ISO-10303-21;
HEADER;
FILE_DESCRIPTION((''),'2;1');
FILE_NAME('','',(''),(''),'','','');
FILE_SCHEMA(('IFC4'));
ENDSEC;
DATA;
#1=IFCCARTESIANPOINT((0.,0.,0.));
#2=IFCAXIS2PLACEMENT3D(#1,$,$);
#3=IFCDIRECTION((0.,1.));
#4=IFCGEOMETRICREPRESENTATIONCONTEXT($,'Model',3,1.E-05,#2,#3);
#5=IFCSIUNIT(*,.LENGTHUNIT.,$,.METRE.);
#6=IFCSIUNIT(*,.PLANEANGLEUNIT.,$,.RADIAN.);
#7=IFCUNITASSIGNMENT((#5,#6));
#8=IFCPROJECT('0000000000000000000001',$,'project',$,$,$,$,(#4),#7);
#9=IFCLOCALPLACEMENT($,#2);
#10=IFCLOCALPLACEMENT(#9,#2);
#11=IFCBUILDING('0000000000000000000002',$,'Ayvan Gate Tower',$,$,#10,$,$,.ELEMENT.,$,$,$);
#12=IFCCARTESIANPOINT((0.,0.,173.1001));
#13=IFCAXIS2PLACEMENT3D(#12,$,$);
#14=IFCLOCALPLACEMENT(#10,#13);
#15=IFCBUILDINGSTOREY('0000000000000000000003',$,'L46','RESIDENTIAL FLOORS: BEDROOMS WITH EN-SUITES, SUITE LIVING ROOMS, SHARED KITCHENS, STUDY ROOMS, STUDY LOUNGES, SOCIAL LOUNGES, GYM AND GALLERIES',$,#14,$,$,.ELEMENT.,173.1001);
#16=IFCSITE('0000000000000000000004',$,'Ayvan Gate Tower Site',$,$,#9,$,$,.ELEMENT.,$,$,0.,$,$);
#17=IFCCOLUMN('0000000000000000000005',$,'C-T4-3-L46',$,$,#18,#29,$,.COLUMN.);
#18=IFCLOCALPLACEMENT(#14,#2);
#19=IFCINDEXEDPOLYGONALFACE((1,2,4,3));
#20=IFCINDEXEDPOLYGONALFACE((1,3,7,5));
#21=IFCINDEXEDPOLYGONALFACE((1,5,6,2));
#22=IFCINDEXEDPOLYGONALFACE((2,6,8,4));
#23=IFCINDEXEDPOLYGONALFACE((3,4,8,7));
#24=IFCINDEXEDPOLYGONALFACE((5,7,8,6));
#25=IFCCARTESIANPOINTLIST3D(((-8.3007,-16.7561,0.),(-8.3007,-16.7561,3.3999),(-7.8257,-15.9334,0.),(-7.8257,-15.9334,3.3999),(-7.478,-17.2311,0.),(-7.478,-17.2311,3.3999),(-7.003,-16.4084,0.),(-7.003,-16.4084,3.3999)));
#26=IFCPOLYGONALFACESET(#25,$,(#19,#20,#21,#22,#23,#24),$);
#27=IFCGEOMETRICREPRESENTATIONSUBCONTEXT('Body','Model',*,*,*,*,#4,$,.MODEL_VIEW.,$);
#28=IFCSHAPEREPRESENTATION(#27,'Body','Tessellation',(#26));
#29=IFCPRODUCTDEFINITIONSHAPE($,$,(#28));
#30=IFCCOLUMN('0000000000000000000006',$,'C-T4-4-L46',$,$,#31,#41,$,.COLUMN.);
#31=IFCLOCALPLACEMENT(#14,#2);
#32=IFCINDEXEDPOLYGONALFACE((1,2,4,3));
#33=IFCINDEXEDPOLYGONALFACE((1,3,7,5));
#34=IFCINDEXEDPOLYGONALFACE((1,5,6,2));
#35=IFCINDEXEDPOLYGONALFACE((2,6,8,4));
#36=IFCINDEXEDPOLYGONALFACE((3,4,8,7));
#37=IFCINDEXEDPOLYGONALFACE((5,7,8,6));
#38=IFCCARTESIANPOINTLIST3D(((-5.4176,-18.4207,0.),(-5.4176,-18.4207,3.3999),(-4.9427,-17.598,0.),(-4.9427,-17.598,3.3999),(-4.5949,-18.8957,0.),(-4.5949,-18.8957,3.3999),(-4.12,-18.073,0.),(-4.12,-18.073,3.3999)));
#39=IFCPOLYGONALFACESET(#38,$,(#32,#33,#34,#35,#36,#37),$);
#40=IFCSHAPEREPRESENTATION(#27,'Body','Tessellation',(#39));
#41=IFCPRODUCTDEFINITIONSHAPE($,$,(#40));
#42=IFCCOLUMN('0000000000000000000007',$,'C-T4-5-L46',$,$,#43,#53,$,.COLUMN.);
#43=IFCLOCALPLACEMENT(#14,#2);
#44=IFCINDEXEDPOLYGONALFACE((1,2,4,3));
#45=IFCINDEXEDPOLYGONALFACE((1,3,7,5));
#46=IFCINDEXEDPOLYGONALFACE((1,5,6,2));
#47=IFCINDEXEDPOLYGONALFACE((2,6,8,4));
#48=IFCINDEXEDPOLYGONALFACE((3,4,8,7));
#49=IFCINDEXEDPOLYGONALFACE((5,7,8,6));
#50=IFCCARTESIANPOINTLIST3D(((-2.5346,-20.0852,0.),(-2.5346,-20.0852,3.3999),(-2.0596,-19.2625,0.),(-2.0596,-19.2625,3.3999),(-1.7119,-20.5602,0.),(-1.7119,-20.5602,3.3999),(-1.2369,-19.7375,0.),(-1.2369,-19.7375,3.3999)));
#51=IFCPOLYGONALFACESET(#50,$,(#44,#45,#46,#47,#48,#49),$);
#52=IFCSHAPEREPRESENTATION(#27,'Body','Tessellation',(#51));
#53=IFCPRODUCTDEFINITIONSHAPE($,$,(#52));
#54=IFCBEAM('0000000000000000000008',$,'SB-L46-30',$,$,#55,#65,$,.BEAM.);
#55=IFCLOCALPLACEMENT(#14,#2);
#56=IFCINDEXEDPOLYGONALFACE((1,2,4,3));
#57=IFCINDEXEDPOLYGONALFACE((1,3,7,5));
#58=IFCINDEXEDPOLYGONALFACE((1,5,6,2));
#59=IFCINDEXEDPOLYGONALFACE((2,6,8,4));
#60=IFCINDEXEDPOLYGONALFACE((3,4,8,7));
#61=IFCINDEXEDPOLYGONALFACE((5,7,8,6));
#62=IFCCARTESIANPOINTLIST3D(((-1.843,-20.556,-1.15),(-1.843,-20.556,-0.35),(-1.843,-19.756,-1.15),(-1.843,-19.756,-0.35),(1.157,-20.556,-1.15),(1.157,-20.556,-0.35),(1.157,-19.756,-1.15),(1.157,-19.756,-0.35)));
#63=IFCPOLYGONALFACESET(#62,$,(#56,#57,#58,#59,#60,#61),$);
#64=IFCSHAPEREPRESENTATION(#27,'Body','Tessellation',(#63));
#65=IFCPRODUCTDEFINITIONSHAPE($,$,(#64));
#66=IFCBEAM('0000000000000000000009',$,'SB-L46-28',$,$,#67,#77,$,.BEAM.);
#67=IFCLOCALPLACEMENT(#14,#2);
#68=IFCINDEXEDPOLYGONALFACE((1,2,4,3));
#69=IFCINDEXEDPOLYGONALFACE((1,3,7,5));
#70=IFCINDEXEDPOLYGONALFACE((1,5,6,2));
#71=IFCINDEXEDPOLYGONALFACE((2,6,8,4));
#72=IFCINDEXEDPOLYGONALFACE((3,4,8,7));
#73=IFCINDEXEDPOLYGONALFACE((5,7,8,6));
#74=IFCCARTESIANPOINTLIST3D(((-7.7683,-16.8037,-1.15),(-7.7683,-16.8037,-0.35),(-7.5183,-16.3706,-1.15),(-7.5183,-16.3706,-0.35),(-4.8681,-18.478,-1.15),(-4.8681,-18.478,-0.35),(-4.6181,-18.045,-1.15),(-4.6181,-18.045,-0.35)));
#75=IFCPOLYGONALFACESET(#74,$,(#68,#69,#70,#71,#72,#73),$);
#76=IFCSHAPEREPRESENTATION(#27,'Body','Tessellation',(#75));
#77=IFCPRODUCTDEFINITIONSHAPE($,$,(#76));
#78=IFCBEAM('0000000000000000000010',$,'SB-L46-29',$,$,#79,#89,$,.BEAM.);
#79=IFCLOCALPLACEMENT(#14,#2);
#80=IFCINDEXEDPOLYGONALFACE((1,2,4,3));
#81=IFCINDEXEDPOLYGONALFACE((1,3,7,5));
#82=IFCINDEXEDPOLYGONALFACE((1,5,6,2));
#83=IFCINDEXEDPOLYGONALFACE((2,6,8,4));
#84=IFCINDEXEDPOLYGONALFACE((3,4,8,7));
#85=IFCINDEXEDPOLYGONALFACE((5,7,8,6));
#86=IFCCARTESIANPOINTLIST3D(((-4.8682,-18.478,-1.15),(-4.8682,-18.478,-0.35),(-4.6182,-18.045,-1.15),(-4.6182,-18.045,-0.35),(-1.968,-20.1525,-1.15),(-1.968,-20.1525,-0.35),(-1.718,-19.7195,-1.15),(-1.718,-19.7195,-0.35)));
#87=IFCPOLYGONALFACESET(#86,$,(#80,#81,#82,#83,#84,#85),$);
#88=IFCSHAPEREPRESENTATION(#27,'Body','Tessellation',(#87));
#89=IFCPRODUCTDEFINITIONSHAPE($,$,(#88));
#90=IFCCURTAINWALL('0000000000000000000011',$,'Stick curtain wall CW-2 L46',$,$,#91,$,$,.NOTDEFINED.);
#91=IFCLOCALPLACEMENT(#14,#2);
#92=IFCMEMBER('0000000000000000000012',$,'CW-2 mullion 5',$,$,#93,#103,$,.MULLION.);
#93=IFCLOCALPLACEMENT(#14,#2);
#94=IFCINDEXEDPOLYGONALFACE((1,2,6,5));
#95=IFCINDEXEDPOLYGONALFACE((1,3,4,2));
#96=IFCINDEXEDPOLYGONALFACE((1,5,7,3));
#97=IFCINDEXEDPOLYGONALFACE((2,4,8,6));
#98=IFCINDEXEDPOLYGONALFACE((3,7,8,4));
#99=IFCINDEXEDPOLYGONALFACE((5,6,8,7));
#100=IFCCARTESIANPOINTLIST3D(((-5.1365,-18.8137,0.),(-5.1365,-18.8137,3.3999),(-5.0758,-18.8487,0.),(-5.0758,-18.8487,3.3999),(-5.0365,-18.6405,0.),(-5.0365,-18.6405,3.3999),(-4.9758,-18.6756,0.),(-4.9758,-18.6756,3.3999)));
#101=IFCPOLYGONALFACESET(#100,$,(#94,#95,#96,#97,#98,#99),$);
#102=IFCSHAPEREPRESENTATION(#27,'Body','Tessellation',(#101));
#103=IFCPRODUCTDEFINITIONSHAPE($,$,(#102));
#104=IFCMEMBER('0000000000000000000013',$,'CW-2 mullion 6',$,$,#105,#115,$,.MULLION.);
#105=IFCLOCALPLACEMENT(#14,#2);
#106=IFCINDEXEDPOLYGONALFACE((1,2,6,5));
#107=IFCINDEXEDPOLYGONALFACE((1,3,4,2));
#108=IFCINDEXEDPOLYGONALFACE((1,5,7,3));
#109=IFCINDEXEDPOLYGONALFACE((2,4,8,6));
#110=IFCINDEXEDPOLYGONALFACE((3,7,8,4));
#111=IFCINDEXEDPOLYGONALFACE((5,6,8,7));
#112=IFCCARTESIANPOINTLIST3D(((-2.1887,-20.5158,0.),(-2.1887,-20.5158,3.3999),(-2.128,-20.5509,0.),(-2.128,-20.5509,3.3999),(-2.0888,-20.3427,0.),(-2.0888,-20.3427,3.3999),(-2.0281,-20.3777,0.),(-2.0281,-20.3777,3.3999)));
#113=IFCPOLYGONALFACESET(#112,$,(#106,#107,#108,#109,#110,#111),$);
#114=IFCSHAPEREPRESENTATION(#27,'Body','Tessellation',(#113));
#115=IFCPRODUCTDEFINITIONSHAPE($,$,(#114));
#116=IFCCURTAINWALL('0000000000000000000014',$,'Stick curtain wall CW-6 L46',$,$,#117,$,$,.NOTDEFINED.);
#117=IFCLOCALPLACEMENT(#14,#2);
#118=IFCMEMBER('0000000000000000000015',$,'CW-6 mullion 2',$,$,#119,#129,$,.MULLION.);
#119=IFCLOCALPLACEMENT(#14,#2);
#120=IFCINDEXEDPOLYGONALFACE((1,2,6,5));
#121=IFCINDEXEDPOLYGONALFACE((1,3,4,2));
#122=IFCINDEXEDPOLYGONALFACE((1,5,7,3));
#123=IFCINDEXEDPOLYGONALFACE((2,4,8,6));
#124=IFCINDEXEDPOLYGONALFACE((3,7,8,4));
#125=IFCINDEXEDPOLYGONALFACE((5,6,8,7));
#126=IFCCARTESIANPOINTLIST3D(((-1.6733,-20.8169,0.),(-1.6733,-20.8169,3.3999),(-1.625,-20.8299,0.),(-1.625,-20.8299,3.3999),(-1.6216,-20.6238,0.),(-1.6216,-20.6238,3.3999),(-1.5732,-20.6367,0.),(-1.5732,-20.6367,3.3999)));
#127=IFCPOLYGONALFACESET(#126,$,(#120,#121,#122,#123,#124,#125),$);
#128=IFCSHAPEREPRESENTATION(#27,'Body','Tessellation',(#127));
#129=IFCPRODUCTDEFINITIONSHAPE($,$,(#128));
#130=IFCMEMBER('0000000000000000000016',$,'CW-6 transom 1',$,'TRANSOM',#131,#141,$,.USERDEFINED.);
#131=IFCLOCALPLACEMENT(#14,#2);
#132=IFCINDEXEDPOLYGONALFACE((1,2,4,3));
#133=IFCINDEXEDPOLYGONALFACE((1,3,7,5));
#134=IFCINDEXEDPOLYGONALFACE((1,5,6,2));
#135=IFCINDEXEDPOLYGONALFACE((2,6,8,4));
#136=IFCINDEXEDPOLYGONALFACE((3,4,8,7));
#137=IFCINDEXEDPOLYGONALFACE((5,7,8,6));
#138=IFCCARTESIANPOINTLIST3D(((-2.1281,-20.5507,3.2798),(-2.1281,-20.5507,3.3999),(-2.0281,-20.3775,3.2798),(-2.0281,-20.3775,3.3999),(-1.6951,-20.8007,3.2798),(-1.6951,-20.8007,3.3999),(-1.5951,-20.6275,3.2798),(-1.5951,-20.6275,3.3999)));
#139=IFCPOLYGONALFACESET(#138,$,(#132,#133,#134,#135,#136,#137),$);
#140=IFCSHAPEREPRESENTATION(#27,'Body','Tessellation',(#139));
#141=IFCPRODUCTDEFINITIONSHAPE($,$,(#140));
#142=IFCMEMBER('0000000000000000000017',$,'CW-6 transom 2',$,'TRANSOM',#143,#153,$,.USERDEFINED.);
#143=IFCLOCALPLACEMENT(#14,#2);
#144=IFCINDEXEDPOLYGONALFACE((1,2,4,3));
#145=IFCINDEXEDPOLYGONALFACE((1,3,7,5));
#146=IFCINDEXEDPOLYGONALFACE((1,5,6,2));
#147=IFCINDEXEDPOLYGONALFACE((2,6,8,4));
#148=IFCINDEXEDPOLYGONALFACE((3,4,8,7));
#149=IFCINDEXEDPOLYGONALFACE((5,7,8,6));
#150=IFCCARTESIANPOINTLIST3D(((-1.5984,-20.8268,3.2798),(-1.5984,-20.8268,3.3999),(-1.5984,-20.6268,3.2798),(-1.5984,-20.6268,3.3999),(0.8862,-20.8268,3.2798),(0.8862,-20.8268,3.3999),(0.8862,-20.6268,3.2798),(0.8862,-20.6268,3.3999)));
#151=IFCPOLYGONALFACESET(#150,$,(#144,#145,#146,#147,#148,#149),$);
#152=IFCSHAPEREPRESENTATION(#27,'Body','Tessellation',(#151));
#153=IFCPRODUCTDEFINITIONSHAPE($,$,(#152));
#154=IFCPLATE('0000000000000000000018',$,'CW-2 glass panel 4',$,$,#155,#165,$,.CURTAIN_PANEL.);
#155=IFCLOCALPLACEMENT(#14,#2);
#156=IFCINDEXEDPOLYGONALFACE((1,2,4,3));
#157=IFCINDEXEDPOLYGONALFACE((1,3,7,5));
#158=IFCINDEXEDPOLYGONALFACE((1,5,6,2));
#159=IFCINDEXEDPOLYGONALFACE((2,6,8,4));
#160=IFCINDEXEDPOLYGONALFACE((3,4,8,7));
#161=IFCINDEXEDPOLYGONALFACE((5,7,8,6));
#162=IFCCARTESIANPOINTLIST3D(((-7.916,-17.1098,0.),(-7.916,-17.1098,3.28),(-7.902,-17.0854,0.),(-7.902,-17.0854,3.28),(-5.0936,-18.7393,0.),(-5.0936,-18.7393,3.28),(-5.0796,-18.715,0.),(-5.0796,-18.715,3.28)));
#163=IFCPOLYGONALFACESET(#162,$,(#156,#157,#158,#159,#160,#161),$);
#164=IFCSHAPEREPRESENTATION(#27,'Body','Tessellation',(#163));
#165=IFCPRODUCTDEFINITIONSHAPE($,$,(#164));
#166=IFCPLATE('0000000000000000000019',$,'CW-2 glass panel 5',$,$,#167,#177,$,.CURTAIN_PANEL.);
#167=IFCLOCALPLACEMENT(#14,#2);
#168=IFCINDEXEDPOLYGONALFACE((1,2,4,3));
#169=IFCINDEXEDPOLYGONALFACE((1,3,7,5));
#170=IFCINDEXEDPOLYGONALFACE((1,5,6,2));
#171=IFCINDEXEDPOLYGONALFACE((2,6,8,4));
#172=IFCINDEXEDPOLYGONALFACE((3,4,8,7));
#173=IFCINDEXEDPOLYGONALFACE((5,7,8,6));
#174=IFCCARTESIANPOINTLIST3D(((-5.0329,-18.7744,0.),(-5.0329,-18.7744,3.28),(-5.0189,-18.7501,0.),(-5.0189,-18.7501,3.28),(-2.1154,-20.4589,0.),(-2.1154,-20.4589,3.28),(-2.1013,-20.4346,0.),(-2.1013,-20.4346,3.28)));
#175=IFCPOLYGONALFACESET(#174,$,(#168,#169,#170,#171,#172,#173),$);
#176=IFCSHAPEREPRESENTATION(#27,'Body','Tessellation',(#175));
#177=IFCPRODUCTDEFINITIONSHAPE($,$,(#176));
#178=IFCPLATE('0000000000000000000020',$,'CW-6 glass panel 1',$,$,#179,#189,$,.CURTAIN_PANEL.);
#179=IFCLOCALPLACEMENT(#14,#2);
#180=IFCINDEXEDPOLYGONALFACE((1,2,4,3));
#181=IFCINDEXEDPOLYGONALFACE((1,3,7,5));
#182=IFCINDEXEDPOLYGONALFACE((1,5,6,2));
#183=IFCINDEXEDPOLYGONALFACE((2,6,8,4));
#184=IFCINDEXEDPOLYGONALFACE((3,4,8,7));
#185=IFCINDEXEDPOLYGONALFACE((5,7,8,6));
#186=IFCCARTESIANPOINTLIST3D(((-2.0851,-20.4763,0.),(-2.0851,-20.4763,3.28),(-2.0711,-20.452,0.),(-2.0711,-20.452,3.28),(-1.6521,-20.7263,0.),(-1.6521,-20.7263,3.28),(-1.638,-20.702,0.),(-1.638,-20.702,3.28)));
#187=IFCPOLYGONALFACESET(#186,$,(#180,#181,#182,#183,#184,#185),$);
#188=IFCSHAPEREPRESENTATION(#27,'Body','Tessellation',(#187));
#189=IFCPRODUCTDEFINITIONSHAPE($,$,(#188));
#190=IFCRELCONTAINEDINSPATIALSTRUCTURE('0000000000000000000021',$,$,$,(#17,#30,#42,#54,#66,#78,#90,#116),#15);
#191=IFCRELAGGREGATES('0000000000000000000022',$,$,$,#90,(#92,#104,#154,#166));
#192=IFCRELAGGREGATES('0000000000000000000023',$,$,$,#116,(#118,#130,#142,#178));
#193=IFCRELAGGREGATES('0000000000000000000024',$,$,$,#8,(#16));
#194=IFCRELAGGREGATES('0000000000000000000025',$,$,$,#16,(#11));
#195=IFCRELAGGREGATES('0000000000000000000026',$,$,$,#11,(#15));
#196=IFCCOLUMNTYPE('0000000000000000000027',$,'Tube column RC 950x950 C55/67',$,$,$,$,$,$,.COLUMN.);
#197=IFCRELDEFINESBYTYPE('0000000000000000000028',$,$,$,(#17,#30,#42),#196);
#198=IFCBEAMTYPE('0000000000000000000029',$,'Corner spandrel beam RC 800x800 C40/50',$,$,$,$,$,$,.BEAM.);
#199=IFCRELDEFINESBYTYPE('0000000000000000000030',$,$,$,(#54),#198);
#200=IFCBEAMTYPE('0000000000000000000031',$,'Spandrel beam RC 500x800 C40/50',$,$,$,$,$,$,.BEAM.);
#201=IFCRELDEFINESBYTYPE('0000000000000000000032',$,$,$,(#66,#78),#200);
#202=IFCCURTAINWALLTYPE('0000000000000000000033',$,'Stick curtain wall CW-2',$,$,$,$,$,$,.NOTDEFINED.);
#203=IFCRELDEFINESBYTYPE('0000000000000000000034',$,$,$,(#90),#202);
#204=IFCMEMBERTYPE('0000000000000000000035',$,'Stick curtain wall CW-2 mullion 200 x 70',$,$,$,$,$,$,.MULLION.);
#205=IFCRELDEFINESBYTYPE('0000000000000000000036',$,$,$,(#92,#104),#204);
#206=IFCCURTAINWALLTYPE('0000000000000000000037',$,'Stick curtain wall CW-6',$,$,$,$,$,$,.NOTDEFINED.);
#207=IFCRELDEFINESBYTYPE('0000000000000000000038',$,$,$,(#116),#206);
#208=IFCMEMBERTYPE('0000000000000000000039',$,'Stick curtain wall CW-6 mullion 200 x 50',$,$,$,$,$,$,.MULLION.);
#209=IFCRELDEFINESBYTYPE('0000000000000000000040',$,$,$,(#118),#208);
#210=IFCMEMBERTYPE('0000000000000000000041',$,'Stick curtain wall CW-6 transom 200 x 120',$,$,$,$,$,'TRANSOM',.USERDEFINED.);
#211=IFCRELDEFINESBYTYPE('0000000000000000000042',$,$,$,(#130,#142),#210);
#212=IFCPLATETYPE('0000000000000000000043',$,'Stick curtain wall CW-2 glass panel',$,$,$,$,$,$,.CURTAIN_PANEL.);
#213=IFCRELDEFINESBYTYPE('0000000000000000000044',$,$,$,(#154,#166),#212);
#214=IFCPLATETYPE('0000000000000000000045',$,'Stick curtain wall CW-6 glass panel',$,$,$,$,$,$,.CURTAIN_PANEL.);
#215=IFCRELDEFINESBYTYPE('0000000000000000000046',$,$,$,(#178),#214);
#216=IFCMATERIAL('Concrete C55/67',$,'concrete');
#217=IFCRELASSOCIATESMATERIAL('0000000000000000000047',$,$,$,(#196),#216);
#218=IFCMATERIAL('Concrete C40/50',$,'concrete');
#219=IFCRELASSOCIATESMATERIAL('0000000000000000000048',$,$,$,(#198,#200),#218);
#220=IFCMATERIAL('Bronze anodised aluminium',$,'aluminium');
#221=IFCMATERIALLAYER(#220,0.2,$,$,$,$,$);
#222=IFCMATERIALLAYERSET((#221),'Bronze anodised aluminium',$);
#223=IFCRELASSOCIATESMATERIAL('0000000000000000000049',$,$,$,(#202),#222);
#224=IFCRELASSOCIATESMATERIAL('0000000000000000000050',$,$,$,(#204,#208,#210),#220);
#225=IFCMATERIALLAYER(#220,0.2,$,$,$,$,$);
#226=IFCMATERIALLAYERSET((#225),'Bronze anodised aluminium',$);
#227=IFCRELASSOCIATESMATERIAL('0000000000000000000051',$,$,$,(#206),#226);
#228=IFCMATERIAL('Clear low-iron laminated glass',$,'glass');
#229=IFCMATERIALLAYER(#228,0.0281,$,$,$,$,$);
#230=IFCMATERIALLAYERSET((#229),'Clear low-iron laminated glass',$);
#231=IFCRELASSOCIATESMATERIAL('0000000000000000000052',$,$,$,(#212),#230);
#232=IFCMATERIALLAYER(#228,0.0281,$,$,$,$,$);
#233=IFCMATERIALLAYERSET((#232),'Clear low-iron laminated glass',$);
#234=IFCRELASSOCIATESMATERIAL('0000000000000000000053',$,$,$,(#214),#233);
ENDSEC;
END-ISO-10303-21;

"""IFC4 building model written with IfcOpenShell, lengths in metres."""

from ifc_helpers import new_model, si_unit, direction, frame, origin, origin_2d, place, context, subcontext, project, spatial, rectangle, extrude, material, layer, layer_set, material_profile, profile_set, type_object, element, aggregate, save


model = new_model("IFC4")

# Units and contexts
model_context = context("Model", 3, precision=1e-05, world=origin(), true_north=direction((0.0, 1.0)))
body_context = subcontext(model_context, "Body", "Model", "MODEL_VIEW")
ifc_project = project(units=[si_unit("LENGTHUNIT", "METRE"), si_unit("PLANEANGLEUNIT", "RADIAN")], contexts=[model_context])

# Site, building, storey
site_placement = place(None, origin())
site = spatial("IfcSite", under=ifc_project, at=site_placement, Name="Ayvan Gate Tower Site", CompositionType="ELEMENT", RefElevation=0.0)
building_placement = place(site_placement, origin())
building = spatial("IfcBuilding", under=site, at=building_placement, Name="Ayvan Gate Tower", CompositionType="ELEMENT")
storey_placement = place(building_placement, frame((0.0, 0.0, 173.1001)))
storey = spatial("IfcBuildingStorey", under=building, at=storey_placement, Name="L46", Description="RESIDENTIAL FLOORS: BEDROOMS WITH EN-SUITES, SUITE LIVING ROOMS, SHARED KITCHENS, STUDY ROOMS, STUDY LOUNGES, SOCIAL LOUNGES, GYM AND GALLERIES", CompositionType="ELEMENT", Elevation=173.1001)

# Columns
ifc_material_1 = material(Name="Concrete C55/67", Category="concrete")
ifc_material_profile_1 = material_profile(ifc_material_1, rectangle(XDim=0.95, YDim=0.95, at=origin_2d()), Name="RC 950x950")
ifc_profile_set_1 = profile_set([ifc_material_profile_1], Name="Concrete C55/67")
column_type = type_object("IfcColumnType", Name="Tube column RC 950x950 C55/67", PredefinedType="COLUMN", material=ifc_profile_set_1)
for number, where, z_axis, x_axis, name in (
    (1, (-7.6519, -16.5823, 0.0), (0.0, 0.0, 1.0), (-0.5, -0.866025, 0.0), "C-T4-3-L46"),
    (2, (-4.7688, -18.2468, 0.0), (0.0, 0.0, 1.0), (-0.5, -0.866025, 0.0), "C-T4-4-L46"),
    (3, (-1.8857, -19.9114, 0.0), (0.0, 0.0, 1.0), (-0.5, -0.866025, 0.0), "C-T4-5-L46"),
):
    element("IfcColumn", number, at=place(storey_placement, frame(where, z_axis=z_axis, x_axis=x_axis)), inside=storey, type_object=column_type, Name=name, PredefinedType="COLUMN", context=body_context, shape_type="SweptSolid", body=[
        extrude(rectangle(XDim=0.95, YDim=0.95, at=origin_2d()), origin(), (0.0, 0.0, 1.0), 3.3999),
    ])

# Beams
ifc_material_2 = material(Name="Concrete C40/50", Category="concrete")
ifc_material_profile_2 = material_profile(ifc_material_2, rectangle(XDim=0.8, YDim=0.8, at=origin_2d()), Name="RC 800x800")
ifc_profile_set_2 = profile_set([ifc_material_profile_2], Name="Concrete C40/50")
beam_type_1 = type_object("IfcBeamType", Name="Corner spandrel beam RC 800x800 C40/50", PredefinedType="BEAM", material=ifc_profile_set_2)
beam_placement = place(storey_placement, frame((-1.843, -20.156, -0.75), z_axis=(1.0, 0.0, 0.0), x_axis=(0.0, 1.0, 0.0)))
element("IfcBeam", 4, at=beam_placement, inside=storey, type_object=beam_type_1, Name="SB-L46-30", PredefinedType="BEAM", context=body_context, shape_type="SweptSolid", body=[
    extrude(rectangle(XDim=0.8, YDim=0.8, at=origin_2d()), origin(), (0.0, 0.0, 1.0), 3.0),
])
ifc_material_profile_3 = material_profile(ifc_material_2, rectangle(XDim=0.5, YDim=0.8, at=origin_2d()), Name="RC 500x800")
ifc_profile_set_3 = profile_set([ifc_material_profile_3], Name="Concrete C40/50")
beam_type_2 = type_object("IfcBeamType", Name="Spandrel beam RC 500x800 C40/50", PredefinedType="BEAM", material=ifc_profile_set_3)
for number, where, z_axis, x_axis, name in (
    (5, (-7.6433, -16.5872, -0.75), (0.866036, -0.499981, 0.0), (0.499981, 0.866036, 0.0), "SB-L46-28"),
    (6, (-4.7432, -18.2615, -0.75), (0.866005, -0.500036, 0.0), (0.500036, 0.866005, 0.0), "SB-L46-29"),
):
    element("IfcBeam", number, at=place(storey_placement, frame(where, z_axis=z_axis, x_axis=x_axis)), inside=storey, type_object=beam_type_2, Name=name, PredefinedType="BEAM", context=body_context, shape_type="SweptSolid", body=[
        extrude(rectangle(XDim=0.5, YDim=0.8, at=origin_2d()), origin(), (0.0, 0.0, 1.0), 3.3489),
    ])

# Curtain walls, members
ifc_material_3 = material(Name="Bronze anodised aluminium", Category="aluminium")
ifc_layer_1 = layer(ifc_material_3, 0.2)
ifc_layer_set_1 = layer_set([ifc_layer_1], Name="Bronze anodised aluminium")
curtain_wall_type_1 = type_object("IfcCurtainWallType", Name="Stick curtain wall CW-2", PredefinedType="NOTDEFINED", material=ifc_layer_set_1)
curtain_wall_1_placement = place(storey_placement, origin())
curtain_wall_1 = element("IfcCurtainWall", 7, at=curtain_wall_1_placement, inside=storey, type_object=curtain_wall_type_1, Name="Stick curtain wall CW-2 L46", PredefinedType="NOTDEFINED")
ifc_material_profile_4 = material_profile(ifc_material_3, rectangle(XDim=0.2, YDim=0.0701, at=origin_2d()), Name="Stick curtain wall CW-2 mullion 200 x 70")
ifc_profile_set_4 = profile_set([ifc_material_profile_4], Name="Bronze anodised aluminium")
member_type_1 = type_object("IfcMemberType", Name="Stick curtain wall CW-2 mullion 200 x 70", PredefinedType="MULLION", material=ifc_profile_set_4)
member_1_placement = place(storey_placement, frame((-5.0562, -18.7446, 0.0), z_axis=(0.0, 0.0, 1.0), x_axis=(-0.5, -0.866025, 0.0)))
member_1 = element("IfcMember", 8, at=member_1_placement, type_object=member_type_1, Name="CW-2 mullion 5", PredefinedType="MULLION", context=body_context, shape_type="SweptSolid", body=[
    extrude(rectangle(XDim=0.2, YDim=0.0701, at=origin_2d()), origin(), (0.0, 0.0, 1.0), 3.3999),
])
member_2_placement = place(storey_placement, frame((-2.1084, -20.4468, 0.0), z_axis=(0.0, 0.0, 1.0), x_axis=(-0.5, -0.866025, 0.0)))
member_2 = element("IfcMember", 9, at=member_2_placement, type_object=member_type_1, Name="CW-2 mullion 6", PredefinedType="MULLION", context=body_context, shape_type="SweptSolid", body=[
    extrude(rectangle(XDim=0.2, YDim=0.0701, at=origin_2d()), origin(), (0.0, 0.0, 1.0), 3.3999),
])
ifc_layer_2 = layer(ifc_material_3, 0.2)
ifc_layer_set_2 = layer_set([ifc_layer_2], Name="Bronze anodised aluminium")
curtain_wall_type_2 = type_object("IfcCurtainWallType", Name="Stick curtain wall CW-6", PredefinedType="NOTDEFINED", material=ifc_layer_set_2)
curtain_wall_2_placement = place(storey_placement, origin())
curtain_wall_2 = element("IfcCurtainWall", 10, at=curtain_wall_2_placement, inside=storey, type_object=curtain_wall_type_2, Name="Stick curtain wall CW-6 L46", PredefinedType="NOTDEFINED")
ifc_material_profile_5 = material_profile(ifc_material_3, rectangle(XDim=0.2, YDim=0.05, at=origin_2d()), Name="Stick curtain wall CW-6 mullion 200 x 50")
ifc_profile_set_5 = profile_set([ifc_material_profile_5], Name="Bronze anodised aluminium")
member_type_2 = type_object("IfcMemberType", Name="Stick curtain wall CW-6 mullion 200 x 50", PredefinedType="MULLION", material=ifc_profile_set_5)
member_3_placement = place(storey_placement, frame((-1.6233, -20.7268, 0.0), z_axis=(0.0, 0.0, 1.0), x_axis=(-0.258819, -0.965926, 0.0)))
member_3 = element("IfcMember", 11, at=member_3_placement, type_object=member_type_2, Name="CW-6 mullion 2", PredefinedType="MULLION", context=body_context, shape_type="SweptSolid", body=[
    extrude(rectangle(XDim=0.2, YDim=0.05, at=origin_2d()), origin(), (0.0, 0.0, 1.0), 3.3999),
])
ifc_material_profile_6 = material_profile(ifc_material_3, rectangle(XDim=0.2, YDim=0.1201, at=origin_2d()), Name="Stick curtain wall CW-6 transom 200 x 120")
ifc_profile_set_6 = profile_set([ifc_material_profile_6], Name="Bronze anodised aluminium")
member_type_3 = type_object("IfcMemberType", Name="Stick curtain wall CW-6 transom 200 x 120", ElementType="TRANSOM", PredefinedType="USERDEFINED", material=ifc_profile_set_6)
member_4_placement = place(storey_placement, frame((-2.0781, -20.4641, 3.3398), z_axis=(0.866072, -0.49992, 0.0), x_axis=(0.49992, 0.866072, 0.0)))
member_4 = element("IfcMember", 12, at=member_4_placement, type_object=member_type_3, Name="CW-6 transom 1", ObjectType="TRANSOM", PredefinedType="USERDEFINED", context=body_context, shape_type="SweptSolid", body=[
    extrude(rectangle(XDim=0.2, YDim=0.1201, at=origin_2d()), origin(), (0.0, 0.0, 1.0), 0.5),
])
member_5_placement = place(storey_placement, frame((-1.5984, -20.7268, 3.3398), z_axis=(1.0, 0.0, 0.0), x_axis=(0.0, 1.0, 0.0)))
member_5 = element("IfcMember", 13, at=member_5_placement, type_object=member_type_3, Name="CW-6 transom 2", ObjectType="TRANSOM", PredefinedType="USERDEFINED", context=body_context, shape_type="SweptSolid", body=[
    extrude(rectangle(XDim=0.2, YDim=0.1201, at=origin_2d()), origin(), (0.0, 0.0, 1.0), 2.4846),
])

# Plates
ifc_material_4 = material(Name="Clear low-iron laminated glass", Category="glass")
ifc_layer_3 = layer(ifc_material_4, 0.0281)
ifc_layer_set_3 = layer_set([ifc_layer_3], Name="Clear low-iron laminated glass")
plate_type_1 = type_object("IfcPlateType", Name="Stick curtain wall CW-2 glass panel", PredefinedType="CURTAIN_PANEL", material=ifc_layer_set_3)
plate_1_placement = place(storey_placement, frame((-6.4978, -17.9124, 0.0), z_axis=(0.0, 0.0, 1.0), x_axis=(0.866025, -0.5, 0.0)))
plate_1 = element("IfcPlate", 14, at=plate_1_placement, type_object=plate_type_1, Name="CW-2 glass panel 4", PredefinedType="CURTAIN_PANEL", context=body_context, shape_type="SweptSolid", body=[
    extrude(rectangle(XDim=3.259, YDim=0.0281, at=origin_2d()), origin(), (0.0, 0.0, 1.0), 3.28),
])
plate_2_placement = place(storey_placement, frame((-3.5671, -19.6045, 0.0), z_axis=(0.0, 0.0, 1.0), x_axis=(0.866025, -0.5, 0.0)))
plate_2 = element("IfcPlate", 15, at=plate_2_placement, type_object=plate_type_1, Name="CW-2 glass panel 5", PredefinedType="CURTAIN_PANEL", context=body_context, shape_type="SweptSolid", body=[
    extrude(rectangle(XDim=3.3689, YDim=0.0281, at=origin_2d()), origin(), (0.0, 0.0, 1.0), 3.28),
])
aggregate(curtain_wall_1, [member_1, member_2, plate_1, plate_2])
ifc_layer_4 = layer(ifc_material_4, 0.0281)
ifc_layer_set_4 = layer_set([ifc_layer_4], Name="Clear low-iron laminated glass")
plate_type_2 = type_object("IfcPlateType", Name="Stick curtain wall CW-6 glass panel", PredefinedType="CURTAIN_PANEL", material=ifc_layer_set_4)
plate_3_placement = place(storey_placement, frame((-1.8616, -20.5891, 0.0), z_axis=(0.0, 0.0, 1.0), x_axis=(0.866025, -0.5, 0.0)))
plate_3 = element("IfcPlate", 16, at=plate_3_placement, type_object=plate_type_2, Name="CW-6 glass panel 1", PredefinedType="CURTAIN_PANEL", context=body_context, shape_type="SweptSolid", body=[
    extrude(rectangle(XDim=0.5, YDim=0.0281, at=origin_2d()), origin(), (0.0, 0.0, 1.0), 3.28),
])
aggregate(curtain_wall_2, [member_3, member_4, member_5, plate_3])

save(model, "model.ifc")
